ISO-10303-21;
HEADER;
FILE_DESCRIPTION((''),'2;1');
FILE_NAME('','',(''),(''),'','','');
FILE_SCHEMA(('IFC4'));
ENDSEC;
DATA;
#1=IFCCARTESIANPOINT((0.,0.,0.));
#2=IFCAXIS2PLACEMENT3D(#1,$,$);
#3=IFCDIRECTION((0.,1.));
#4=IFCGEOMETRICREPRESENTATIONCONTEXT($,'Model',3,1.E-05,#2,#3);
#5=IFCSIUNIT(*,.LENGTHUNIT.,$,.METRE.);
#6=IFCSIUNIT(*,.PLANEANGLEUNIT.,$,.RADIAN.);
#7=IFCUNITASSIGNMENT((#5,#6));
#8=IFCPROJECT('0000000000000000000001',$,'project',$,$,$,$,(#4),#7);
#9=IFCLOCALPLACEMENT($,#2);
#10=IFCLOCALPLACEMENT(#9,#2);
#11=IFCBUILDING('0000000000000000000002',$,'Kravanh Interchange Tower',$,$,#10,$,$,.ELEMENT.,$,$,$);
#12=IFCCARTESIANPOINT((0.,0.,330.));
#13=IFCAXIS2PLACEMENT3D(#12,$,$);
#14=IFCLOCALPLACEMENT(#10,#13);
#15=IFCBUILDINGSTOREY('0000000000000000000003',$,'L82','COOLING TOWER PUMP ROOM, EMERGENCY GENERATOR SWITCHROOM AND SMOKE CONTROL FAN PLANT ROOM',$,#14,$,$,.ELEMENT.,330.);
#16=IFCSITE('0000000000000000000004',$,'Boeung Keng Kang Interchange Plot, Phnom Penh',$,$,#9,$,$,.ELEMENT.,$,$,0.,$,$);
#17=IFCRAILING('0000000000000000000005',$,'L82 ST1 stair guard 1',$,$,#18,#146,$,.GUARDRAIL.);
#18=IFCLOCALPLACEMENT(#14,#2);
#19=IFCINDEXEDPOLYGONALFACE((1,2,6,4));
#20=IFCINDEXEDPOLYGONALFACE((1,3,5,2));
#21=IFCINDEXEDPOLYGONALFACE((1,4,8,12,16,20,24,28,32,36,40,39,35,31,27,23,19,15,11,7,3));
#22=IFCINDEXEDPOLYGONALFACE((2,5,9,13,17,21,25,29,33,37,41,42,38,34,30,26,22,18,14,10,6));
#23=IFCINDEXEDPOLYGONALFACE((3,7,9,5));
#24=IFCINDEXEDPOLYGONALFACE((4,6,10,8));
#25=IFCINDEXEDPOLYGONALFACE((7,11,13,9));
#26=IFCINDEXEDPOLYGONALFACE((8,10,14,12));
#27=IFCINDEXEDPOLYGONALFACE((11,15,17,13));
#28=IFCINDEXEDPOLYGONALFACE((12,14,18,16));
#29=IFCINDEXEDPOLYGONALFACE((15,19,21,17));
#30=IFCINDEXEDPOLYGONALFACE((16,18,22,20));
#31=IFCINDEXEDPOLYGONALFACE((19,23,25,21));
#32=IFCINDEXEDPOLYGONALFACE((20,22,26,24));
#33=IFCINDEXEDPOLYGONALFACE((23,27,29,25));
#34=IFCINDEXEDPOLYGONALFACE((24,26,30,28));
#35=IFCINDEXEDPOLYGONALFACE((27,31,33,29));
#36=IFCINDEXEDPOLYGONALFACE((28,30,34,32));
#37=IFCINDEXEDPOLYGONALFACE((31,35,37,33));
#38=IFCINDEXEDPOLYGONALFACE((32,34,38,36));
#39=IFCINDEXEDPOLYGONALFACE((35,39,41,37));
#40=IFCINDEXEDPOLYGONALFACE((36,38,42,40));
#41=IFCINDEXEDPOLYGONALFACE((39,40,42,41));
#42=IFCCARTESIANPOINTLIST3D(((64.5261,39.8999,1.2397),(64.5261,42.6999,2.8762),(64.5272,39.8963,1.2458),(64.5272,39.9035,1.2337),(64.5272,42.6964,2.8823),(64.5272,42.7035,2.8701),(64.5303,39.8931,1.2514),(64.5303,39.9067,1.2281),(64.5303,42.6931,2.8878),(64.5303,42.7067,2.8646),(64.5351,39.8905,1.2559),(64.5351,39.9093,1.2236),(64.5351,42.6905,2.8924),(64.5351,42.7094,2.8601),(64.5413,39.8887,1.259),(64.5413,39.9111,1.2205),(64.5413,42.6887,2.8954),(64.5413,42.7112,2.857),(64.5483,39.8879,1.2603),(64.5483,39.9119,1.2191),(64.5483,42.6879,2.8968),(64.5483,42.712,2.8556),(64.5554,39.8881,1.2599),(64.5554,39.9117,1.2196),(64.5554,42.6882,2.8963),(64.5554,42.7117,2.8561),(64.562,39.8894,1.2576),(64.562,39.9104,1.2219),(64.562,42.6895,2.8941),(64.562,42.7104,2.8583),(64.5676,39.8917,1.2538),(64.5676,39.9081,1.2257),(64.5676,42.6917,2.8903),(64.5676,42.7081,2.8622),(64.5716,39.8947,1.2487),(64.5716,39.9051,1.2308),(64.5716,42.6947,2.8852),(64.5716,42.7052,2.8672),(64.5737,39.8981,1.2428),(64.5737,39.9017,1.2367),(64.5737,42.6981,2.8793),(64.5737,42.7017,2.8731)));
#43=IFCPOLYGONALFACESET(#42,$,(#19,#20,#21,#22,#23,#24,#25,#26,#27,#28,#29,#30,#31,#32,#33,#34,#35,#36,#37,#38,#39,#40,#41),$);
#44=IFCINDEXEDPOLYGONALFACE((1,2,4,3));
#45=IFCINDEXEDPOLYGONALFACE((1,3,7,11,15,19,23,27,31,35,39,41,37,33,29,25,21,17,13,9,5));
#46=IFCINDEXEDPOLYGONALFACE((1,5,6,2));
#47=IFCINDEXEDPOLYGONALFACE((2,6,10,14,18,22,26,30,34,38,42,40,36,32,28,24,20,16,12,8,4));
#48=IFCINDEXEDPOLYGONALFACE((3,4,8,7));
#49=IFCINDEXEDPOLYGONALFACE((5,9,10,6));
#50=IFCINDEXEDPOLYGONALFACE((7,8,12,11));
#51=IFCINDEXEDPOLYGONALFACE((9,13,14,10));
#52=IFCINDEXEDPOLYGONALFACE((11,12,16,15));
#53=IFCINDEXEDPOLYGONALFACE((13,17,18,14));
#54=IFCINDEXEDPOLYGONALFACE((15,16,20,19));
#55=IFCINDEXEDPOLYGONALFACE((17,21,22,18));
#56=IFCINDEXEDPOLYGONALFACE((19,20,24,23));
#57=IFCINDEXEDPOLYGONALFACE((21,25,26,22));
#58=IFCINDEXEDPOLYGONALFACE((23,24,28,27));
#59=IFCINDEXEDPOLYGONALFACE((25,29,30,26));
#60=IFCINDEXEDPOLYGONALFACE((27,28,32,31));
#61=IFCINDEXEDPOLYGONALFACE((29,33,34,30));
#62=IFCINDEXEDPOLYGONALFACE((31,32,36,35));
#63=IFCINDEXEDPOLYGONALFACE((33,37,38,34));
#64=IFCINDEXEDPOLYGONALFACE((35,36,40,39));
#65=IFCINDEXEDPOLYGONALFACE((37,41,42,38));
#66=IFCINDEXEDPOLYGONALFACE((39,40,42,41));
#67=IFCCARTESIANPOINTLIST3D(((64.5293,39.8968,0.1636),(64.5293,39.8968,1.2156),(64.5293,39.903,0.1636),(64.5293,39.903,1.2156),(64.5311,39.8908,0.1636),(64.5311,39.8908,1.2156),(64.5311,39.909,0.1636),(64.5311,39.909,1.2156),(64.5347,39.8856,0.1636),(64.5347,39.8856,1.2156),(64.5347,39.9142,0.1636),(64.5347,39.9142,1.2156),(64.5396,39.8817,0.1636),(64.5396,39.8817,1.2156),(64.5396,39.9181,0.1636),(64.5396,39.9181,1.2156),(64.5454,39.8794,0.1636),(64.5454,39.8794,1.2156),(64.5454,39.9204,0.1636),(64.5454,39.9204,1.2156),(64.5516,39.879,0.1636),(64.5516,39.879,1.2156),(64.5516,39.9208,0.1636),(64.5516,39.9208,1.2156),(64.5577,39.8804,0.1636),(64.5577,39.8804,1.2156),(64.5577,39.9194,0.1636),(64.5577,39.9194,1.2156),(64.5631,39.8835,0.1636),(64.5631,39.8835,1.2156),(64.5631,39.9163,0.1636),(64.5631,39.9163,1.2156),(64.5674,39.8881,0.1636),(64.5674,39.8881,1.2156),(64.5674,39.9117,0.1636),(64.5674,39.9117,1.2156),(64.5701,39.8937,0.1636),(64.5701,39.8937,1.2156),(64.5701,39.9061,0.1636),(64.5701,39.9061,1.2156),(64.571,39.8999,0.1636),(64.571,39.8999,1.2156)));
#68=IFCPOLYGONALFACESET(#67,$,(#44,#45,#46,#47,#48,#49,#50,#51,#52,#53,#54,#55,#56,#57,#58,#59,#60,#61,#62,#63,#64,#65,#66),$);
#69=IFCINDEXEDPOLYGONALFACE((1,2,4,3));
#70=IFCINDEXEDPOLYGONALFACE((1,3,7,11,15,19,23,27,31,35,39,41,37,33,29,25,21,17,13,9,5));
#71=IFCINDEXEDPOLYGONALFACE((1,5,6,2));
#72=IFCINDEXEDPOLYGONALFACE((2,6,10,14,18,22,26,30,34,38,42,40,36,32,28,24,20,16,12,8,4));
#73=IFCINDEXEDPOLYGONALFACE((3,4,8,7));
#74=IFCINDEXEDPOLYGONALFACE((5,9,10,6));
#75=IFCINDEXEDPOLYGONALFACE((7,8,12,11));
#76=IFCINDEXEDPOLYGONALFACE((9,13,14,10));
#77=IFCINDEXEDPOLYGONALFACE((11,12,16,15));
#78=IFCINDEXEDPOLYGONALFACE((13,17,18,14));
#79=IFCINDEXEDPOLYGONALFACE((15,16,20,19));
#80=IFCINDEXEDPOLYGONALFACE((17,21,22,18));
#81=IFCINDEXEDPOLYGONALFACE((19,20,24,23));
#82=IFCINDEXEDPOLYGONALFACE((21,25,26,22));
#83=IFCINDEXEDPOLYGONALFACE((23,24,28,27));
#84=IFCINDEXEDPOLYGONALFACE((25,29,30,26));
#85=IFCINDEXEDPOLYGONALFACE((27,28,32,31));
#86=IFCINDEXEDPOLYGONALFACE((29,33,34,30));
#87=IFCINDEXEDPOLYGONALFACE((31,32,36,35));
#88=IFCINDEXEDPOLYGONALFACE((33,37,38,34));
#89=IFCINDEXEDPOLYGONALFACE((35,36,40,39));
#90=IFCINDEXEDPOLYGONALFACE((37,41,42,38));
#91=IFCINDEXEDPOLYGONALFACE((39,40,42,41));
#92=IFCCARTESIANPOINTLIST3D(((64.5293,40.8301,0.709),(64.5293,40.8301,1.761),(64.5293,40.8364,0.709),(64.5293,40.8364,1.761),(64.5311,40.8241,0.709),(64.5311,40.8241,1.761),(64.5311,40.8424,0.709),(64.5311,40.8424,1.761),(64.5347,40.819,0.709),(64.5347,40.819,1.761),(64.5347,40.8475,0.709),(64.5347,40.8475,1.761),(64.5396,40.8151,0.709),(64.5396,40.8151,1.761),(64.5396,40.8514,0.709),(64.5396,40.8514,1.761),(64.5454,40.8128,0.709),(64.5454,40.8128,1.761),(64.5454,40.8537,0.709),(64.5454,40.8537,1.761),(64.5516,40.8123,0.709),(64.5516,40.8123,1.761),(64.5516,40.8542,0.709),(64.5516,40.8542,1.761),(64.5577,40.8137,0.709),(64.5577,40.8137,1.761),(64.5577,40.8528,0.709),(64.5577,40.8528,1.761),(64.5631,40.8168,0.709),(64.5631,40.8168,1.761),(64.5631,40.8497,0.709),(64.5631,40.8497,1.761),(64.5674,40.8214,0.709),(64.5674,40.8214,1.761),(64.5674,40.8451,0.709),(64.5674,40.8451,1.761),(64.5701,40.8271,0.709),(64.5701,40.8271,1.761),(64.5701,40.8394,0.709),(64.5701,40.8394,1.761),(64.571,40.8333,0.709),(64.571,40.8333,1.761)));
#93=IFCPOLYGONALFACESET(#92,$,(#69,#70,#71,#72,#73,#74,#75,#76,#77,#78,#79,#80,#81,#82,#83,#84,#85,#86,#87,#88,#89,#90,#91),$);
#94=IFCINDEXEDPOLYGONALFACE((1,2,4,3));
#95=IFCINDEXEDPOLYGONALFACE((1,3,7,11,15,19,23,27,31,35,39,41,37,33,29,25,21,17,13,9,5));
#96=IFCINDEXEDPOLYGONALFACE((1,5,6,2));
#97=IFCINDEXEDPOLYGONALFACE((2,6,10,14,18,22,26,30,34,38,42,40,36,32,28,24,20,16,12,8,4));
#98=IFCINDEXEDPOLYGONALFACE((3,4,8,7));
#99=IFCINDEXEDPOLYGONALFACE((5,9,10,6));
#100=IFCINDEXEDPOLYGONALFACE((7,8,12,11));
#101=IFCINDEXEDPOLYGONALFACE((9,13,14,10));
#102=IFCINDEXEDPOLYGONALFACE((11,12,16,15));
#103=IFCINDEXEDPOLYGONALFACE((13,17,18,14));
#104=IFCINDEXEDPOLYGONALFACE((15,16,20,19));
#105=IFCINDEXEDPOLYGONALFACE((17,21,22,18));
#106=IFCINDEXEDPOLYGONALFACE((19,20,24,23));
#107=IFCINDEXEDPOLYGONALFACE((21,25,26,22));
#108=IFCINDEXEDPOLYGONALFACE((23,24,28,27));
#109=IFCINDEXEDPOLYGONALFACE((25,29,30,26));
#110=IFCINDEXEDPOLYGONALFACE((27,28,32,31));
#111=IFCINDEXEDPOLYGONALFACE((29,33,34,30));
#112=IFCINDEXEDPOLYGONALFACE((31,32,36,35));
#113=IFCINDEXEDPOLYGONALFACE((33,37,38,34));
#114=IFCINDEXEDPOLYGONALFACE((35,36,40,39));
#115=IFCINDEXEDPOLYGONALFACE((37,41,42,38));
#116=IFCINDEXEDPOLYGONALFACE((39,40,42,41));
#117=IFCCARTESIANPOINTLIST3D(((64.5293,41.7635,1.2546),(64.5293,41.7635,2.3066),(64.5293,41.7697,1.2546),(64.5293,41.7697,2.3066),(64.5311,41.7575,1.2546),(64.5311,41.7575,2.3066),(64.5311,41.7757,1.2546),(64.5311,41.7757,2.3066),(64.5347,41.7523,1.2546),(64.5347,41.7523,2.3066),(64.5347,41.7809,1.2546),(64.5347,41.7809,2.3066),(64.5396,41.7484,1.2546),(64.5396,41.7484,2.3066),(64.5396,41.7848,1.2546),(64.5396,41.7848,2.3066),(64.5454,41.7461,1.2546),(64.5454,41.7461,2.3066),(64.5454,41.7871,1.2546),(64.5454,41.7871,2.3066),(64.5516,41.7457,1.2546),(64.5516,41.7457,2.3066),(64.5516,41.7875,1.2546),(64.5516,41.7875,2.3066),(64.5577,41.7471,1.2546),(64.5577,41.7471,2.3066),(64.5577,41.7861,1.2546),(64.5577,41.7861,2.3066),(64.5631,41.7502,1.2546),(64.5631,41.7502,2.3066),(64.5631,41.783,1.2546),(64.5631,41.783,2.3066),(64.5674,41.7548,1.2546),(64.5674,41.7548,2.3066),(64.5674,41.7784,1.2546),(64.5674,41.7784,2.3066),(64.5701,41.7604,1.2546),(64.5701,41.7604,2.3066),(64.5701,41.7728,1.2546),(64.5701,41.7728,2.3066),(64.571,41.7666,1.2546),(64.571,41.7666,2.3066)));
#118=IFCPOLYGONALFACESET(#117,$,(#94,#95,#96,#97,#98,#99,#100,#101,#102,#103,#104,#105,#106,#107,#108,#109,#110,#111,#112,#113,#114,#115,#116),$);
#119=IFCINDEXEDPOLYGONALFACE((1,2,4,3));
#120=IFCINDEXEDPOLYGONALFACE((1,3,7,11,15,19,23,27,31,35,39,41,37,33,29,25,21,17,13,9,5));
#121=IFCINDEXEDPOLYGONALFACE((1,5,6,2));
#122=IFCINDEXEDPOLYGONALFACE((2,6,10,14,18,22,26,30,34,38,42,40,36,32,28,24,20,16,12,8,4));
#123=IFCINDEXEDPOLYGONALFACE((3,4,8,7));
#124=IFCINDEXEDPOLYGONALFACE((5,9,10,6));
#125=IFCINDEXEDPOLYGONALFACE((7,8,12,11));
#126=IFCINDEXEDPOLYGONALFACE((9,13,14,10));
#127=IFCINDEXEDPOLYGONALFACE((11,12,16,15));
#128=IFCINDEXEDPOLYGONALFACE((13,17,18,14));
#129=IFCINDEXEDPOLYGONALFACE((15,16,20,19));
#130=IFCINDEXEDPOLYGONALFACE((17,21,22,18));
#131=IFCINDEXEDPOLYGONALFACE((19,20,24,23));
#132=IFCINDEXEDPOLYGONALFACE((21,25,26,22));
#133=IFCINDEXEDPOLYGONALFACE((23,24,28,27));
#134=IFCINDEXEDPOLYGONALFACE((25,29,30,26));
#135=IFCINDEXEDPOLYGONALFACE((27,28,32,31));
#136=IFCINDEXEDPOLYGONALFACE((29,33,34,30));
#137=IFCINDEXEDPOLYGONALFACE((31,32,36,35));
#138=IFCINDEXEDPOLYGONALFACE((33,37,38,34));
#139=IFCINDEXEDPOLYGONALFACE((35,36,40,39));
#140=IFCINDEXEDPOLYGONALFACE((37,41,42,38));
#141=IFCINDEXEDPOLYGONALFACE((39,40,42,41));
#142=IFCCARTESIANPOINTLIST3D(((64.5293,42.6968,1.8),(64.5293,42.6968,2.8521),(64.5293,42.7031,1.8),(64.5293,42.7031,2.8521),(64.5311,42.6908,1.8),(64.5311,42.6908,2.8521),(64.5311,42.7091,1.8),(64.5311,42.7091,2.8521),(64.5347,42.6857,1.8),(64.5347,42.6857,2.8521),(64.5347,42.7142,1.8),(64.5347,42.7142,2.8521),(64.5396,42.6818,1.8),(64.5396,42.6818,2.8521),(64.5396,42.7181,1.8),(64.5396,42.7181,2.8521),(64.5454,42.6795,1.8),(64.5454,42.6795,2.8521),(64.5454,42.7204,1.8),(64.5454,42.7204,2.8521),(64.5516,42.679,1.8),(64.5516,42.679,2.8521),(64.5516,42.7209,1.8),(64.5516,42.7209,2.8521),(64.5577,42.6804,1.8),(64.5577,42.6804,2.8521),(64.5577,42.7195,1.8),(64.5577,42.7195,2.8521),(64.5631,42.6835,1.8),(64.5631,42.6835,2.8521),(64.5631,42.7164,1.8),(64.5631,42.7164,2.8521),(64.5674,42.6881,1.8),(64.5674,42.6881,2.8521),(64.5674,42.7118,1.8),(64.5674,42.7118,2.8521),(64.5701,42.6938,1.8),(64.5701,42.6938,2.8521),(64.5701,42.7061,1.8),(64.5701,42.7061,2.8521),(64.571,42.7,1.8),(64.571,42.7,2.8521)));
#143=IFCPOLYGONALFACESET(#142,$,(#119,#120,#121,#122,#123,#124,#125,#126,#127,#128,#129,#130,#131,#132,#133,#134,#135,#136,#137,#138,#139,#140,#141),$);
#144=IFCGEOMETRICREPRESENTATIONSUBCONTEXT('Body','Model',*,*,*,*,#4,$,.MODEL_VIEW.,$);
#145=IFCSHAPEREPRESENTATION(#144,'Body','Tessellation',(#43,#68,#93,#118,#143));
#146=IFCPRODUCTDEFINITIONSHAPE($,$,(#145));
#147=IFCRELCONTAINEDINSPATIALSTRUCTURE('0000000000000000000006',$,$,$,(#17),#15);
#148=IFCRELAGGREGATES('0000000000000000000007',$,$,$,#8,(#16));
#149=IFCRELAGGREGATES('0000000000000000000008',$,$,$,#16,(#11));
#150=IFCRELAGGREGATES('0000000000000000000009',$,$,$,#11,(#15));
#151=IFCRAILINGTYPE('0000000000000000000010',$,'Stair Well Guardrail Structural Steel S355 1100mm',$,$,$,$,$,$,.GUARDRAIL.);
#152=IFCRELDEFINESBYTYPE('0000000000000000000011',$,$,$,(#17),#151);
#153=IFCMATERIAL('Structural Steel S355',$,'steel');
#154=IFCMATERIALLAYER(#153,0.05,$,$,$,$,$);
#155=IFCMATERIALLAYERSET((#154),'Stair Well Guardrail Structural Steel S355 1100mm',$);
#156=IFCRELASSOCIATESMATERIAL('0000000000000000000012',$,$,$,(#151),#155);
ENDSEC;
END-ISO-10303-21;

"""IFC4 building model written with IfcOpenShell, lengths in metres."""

from ifc_helpers import new_model, si_unit, direction, frame, origin, origin_2d, place, context, subcontext, project, spatial, circle, extrude, material, layer, layer_set, type_object, element, save


model = new_model("IFC4")

# Units and contexts
model_context = context("Model", 3, precision=1e-05, world=origin(), true_north=direction((0.0, 1.0)))
body_context = subcontext(model_context, "Body", "Model", "MODEL_VIEW")
ifc_project = project(units=[si_unit("LENGTHUNIT", "METRE"), si_unit("PLANEANGLEUNIT", "RADIAN")], contexts=[model_context])

# Site, building, storey
site_placement = place(None, origin())
site = spatial("IfcSite", under=ifc_project, at=site_placement, Name="Boeung Keng Kang Interchange Plot, Phnom Penh", CompositionType="ELEMENT", RefElevation=0.0)
building_placement = place(site_placement, origin())
building = spatial("IfcBuilding", under=site, at=building_placement, Name="Kravanh Interchange Tower", CompositionType="ELEMENT")
storey_placement = place(building_placement, frame((0.0, 0.0, 330.0)))
storey = spatial("IfcBuildingStorey", under=building, at=storey_placement, Name="L82", Description="COOLING TOWER PUMP ROOM, EMERGENCY GENERATOR SWITCHROOM AND SMOKE CONTROL FAN PLANT ROOM", CompositionType="ELEMENT", Elevation=330.0)

# Railing
ifc_material_1 = material(Name="Structural Steel S355", Category="steel")
ifc_layer_1 = layer(ifc_material_1, 0.05)
ifc_layer_set_1 = layer_set([ifc_layer_1], Name="Stair Well Guardrail Structural Steel S355 1100mm")
railing_type_1 = type_object("IfcRailingType", Name="Stair Well Guardrail Structural Steel S355 1100mm", PredefinedType="GUARDRAIL", material=ifc_layer_set_1)
railing_1_placement = place(storey_placement, frame((64.55, 39.8999, 0.1636)))
element("IfcRailing", 1, at=railing_1_placement, inside=storey, type_object=railing_type_1, Name="L82 ST1 stair guard 1", PredefinedType="GUARDRAIL", context=body_context, shape_type="SweptSolid", body=[
    extrude(circle(Radius=0.0239, at=origin_2d()), frame((0.0, 0.0, 1.0762), z_axis=(0.0, 0.863361, 0.504587), x_axis=(-1.0, 0.0, 0.0)), (0.0, 0.0, 1.0), 3.2432),
    extrude(circle(Radius=0.021, at=origin_2d()), origin(), (0.0, 0.0, 1.0), 1.052),
    extrude(circle(Radius=0.021, at=origin_2d()), frame((0.0, 0.9333, 0.5454)), (0.0, 0.0, 1.0), 1.052),
    extrude(circle(Radius=0.021, at=origin_2d()), frame((0.0, 1.8667, 1.0911)), (0.0, 0.0, 1.0), 1.052),
    extrude(circle(Radius=0.021, at=origin_2d()), frame((0.0, 2.8, 1.6365)), (0.0, 0.0, 1.0), 1.052),
])

save(model, "model.ifc")
